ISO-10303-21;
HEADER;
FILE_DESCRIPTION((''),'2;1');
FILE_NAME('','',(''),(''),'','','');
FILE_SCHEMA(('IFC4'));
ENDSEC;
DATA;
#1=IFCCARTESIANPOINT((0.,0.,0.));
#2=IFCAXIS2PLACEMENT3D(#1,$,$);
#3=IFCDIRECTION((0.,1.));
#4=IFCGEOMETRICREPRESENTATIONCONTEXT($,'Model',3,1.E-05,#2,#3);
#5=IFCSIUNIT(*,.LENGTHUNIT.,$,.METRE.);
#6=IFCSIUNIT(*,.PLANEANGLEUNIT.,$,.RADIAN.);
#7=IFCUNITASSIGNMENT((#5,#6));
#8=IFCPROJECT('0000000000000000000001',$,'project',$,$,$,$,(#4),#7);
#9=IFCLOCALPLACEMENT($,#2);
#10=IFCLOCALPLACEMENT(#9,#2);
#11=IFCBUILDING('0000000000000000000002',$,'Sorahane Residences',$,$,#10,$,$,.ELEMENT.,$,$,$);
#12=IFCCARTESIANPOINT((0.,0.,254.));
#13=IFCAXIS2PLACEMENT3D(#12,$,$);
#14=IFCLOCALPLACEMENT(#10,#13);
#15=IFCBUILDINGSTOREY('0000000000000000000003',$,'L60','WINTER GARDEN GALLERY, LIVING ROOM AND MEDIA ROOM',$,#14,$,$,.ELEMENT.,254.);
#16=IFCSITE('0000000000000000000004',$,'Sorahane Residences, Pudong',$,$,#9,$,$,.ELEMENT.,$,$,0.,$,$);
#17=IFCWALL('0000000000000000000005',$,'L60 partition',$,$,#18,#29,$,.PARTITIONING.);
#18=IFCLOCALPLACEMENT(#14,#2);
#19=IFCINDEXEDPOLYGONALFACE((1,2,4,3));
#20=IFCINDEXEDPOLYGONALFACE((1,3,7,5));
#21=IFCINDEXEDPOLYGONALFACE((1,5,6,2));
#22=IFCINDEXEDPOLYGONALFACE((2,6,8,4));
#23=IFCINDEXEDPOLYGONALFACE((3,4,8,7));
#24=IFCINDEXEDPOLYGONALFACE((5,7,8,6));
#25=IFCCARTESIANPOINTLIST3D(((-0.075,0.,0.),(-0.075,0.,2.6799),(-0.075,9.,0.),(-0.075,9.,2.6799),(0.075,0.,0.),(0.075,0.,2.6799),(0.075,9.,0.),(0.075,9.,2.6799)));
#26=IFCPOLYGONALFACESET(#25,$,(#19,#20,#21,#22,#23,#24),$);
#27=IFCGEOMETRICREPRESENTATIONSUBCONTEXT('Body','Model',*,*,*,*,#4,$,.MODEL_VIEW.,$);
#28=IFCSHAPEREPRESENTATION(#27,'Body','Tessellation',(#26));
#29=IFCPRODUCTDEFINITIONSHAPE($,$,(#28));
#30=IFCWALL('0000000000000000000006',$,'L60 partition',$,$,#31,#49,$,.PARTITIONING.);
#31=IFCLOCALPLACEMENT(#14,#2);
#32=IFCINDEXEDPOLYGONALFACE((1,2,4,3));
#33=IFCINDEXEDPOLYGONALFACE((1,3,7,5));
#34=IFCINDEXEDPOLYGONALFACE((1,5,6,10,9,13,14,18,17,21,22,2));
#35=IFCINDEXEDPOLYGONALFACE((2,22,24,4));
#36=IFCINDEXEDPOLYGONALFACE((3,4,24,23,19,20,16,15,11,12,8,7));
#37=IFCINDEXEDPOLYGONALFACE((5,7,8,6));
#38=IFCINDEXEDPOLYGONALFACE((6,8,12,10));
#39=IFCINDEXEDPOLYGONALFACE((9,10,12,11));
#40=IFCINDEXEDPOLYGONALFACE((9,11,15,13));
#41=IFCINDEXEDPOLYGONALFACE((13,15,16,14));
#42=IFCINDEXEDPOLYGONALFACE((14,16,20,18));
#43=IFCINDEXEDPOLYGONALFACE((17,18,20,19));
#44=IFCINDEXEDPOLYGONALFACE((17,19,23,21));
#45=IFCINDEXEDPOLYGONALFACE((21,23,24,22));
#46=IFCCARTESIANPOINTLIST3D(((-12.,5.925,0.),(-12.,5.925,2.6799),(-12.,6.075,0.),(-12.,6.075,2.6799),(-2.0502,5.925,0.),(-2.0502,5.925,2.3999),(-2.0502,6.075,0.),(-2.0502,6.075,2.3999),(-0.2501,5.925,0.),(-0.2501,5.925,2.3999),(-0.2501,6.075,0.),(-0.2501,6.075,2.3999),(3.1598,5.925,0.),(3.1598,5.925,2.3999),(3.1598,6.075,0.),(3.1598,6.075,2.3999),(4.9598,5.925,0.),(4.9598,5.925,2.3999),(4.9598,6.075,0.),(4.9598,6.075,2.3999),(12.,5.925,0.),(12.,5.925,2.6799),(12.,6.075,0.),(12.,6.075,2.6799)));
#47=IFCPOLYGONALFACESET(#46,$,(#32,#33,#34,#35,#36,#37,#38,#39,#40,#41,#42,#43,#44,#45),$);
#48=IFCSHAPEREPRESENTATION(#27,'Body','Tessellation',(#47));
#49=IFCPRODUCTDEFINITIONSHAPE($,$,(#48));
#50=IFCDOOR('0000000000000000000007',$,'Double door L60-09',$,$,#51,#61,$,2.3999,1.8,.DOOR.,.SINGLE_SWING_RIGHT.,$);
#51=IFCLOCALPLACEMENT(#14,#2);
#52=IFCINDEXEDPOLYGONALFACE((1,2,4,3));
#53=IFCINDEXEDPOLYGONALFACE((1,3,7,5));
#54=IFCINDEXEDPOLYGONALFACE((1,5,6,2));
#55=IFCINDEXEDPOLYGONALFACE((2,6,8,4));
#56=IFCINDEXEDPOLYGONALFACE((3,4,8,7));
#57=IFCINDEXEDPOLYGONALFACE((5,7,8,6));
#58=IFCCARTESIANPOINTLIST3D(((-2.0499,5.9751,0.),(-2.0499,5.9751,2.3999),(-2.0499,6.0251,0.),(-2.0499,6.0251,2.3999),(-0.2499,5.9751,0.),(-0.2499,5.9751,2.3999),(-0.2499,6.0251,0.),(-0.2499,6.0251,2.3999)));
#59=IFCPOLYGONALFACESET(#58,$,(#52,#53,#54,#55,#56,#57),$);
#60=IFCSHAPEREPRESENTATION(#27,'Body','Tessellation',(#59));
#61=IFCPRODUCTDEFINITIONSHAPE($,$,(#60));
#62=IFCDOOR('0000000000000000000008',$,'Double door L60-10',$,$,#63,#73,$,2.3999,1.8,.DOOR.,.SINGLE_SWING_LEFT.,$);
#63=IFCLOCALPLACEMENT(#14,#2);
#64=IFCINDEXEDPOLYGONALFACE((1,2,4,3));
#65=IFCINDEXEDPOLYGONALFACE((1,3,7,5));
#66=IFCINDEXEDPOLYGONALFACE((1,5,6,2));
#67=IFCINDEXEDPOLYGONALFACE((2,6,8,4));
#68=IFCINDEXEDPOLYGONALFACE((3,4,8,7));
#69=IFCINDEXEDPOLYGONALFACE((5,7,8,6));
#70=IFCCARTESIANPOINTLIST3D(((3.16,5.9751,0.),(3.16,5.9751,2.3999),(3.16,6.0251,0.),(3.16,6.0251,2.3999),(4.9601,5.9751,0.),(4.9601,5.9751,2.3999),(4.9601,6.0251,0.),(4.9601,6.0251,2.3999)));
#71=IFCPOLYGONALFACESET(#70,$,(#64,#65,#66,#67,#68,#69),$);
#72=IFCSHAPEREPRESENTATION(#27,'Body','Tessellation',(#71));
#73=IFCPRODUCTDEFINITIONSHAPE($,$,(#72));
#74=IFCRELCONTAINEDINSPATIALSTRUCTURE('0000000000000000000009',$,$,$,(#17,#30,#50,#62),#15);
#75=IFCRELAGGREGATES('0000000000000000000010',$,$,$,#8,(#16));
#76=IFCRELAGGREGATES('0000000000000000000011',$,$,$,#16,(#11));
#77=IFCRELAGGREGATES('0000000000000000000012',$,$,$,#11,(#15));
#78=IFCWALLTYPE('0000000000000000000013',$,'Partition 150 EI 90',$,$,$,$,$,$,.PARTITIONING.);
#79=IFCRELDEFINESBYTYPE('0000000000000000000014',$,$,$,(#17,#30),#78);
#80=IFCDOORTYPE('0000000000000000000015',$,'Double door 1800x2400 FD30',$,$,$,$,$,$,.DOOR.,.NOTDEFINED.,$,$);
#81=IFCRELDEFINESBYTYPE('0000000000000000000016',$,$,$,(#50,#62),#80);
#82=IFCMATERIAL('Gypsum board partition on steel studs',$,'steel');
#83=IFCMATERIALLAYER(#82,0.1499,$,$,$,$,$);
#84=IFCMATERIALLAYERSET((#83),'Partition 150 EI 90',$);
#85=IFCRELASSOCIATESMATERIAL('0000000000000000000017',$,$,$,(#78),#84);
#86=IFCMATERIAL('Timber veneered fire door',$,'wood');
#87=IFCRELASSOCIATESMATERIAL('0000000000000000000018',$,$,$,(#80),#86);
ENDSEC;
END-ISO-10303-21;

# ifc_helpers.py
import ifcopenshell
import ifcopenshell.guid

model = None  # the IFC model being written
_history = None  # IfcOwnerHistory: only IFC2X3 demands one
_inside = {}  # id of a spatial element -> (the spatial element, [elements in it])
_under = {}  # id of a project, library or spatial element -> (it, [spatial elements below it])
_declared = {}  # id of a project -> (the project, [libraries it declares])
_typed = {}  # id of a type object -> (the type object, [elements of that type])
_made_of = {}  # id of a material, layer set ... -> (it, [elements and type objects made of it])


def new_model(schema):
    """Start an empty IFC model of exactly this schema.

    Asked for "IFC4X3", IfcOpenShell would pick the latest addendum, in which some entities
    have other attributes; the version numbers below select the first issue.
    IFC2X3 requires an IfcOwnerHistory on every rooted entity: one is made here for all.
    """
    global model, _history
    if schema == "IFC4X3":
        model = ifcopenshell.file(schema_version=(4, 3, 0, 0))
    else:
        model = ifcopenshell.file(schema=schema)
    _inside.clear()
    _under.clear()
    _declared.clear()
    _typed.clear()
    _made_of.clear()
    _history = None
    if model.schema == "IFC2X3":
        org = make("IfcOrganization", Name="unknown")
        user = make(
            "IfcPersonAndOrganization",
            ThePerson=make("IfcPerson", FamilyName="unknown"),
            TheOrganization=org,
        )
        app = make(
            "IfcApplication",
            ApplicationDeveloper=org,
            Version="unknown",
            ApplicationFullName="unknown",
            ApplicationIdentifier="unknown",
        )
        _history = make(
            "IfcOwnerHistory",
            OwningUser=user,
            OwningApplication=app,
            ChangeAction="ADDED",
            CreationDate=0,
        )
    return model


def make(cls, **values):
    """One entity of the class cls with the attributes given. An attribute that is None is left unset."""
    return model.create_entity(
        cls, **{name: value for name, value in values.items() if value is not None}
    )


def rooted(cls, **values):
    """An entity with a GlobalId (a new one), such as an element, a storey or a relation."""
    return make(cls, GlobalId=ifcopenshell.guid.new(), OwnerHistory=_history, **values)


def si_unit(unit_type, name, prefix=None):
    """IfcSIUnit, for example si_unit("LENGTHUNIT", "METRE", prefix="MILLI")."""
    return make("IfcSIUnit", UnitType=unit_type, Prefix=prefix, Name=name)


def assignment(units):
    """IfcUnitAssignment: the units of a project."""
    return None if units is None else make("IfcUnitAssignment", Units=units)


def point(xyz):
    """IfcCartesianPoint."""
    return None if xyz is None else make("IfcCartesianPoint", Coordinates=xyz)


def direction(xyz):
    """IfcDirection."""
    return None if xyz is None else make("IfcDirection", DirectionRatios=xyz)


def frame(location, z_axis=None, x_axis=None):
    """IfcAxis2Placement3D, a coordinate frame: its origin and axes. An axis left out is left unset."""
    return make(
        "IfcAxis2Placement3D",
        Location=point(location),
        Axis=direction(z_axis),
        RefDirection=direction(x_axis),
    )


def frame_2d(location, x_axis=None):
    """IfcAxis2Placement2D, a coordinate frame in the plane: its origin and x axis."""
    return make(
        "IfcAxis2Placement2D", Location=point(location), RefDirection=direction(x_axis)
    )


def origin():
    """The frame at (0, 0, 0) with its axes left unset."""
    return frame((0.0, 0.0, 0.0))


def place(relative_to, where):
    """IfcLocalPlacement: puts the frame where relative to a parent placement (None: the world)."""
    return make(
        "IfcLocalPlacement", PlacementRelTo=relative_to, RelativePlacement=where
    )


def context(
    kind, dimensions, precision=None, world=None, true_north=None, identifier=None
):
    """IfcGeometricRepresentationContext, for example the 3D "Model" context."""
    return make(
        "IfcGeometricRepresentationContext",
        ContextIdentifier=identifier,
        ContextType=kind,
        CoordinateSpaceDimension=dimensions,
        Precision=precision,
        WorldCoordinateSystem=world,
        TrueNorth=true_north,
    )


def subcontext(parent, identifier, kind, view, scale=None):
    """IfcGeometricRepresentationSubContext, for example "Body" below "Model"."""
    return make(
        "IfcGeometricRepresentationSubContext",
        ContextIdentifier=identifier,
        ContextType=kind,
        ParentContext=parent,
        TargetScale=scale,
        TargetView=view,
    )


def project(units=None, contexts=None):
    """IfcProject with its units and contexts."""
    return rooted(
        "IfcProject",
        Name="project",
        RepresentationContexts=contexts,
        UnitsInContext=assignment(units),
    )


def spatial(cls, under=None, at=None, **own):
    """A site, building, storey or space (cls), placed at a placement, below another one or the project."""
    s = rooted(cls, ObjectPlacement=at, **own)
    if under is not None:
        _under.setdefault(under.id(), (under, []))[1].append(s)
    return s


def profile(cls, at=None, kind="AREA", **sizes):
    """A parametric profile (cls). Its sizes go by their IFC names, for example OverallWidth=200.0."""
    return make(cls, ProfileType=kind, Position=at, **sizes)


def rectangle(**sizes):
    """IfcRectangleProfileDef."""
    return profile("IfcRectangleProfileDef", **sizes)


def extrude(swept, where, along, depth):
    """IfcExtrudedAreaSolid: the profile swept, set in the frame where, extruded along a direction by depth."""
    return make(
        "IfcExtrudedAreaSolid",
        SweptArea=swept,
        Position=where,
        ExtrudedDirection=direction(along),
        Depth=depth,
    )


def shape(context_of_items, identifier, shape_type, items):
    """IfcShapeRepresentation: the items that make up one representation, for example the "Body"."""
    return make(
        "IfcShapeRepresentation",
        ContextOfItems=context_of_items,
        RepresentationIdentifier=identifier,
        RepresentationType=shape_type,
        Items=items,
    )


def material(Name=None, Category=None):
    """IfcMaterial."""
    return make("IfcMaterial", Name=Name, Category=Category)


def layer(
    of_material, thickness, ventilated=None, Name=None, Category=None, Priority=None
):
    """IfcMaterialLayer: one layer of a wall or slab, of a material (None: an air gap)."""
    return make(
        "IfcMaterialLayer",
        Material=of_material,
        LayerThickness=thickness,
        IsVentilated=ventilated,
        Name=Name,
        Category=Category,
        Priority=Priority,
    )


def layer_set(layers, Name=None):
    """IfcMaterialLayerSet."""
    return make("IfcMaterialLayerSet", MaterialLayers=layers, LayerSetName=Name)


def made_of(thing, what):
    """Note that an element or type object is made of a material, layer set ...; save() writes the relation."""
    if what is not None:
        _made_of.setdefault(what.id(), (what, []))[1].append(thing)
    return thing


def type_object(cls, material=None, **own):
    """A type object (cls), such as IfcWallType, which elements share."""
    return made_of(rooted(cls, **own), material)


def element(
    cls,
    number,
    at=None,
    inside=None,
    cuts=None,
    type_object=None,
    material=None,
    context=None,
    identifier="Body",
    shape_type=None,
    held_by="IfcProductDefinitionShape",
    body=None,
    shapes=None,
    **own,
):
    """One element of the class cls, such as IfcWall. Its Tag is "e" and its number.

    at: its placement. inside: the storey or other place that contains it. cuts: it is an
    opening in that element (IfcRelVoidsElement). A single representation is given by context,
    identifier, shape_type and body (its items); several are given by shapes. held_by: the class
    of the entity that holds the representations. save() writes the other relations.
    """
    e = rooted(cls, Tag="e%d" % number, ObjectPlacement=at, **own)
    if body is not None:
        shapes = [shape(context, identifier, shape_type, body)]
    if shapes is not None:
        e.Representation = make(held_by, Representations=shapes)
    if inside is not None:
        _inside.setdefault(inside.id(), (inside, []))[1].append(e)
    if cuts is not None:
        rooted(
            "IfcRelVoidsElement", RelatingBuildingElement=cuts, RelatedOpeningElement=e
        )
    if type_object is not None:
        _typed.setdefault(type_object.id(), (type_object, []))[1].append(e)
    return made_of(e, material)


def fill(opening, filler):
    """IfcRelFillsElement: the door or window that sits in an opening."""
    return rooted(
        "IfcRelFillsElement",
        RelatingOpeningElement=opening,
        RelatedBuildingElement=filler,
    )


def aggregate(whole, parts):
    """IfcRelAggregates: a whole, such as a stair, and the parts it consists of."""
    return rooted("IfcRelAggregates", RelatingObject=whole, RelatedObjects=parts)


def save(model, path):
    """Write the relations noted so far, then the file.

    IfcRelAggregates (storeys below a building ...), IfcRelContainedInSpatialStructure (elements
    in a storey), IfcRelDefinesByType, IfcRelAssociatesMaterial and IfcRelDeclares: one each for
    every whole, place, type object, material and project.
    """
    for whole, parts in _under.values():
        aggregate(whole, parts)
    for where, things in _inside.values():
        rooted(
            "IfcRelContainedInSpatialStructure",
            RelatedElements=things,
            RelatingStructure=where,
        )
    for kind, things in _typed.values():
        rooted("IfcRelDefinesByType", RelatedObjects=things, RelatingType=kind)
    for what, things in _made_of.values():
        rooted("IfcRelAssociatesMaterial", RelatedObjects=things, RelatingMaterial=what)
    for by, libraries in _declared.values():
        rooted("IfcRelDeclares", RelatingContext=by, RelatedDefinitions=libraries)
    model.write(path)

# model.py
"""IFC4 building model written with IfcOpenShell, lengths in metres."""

from ifc_helpers import new_model, si_unit, direction, frame, frame_2d, origin, place, context, subcontext, project, spatial, rectangle, extrude, material, layer, layer_set, type_object, element, fill, save


model = new_model("IFC4")

# Units and contexts
model_context = context("Model", 3, precision=1e-05, world=origin(), true_north=direction((0.0, 1.0)))
body_context = subcontext(model_context, "Body", "Model", "MODEL_VIEW")
ifc_project = project(units=[si_unit("LENGTHUNIT", "METRE"), si_unit("PLANEANGLEUNIT", "RADIAN")], contexts=[model_context])

# Site, building, storey
site_placement = place(None, origin())
site = spatial("IfcSite", under=ifc_project, at=site_placement, Name="Sorahane Residences, Pudong", CompositionType="ELEMENT", RefElevation=0.0)
building_placement = place(site_placement, origin())
building = spatial("IfcBuilding", under=site, at=building_placement, Name="Sorahane Residences", CompositionType="ELEMENT")
storey_placement = place(building_placement, frame((0.0, 0.0, 254.0)))
storey = spatial("IfcBuildingStorey", under=building, at=storey_placement, Name="L60", Description="WINTER GARDEN GALLERY, LIVING ROOM AND MEDIA ROOM", CompositionType="ELEMENT", Elevation=254.0)

# Wall
ifc_material_1 = material(Name="Gypsum board partition on steel studs", Category="steel")
ifc_layer_1 = layer(ifc_material_1, 0.1499)
ifc_layer_set_1 = layer_set([ifc_layer_1], Name="Partition 150 EI 90")
wall_type = type_object("IfcWallType", Name="Partition 150 EI 90", PredefinedType="PARTITIONING", material=ifc_layer_set_1)
wall_1_placement = place(storey_placement, frame((0.0, 0.0, 0.0), z_axis=(0.0, 0.0, 1.0), x_axis=(0.0, 1.0, 0.0)))
element("IfcWall", 1, at=wall_1_placement, inside=storey, type_object=wall_type, Name="L60 partition", PredefinedType="PARTITIONING", context=body_context, shape_type="SweptSolid", body=[
    extrude(rectangle(XDim=9.0, YDim=0.1499, at=frame_2d((4.5, 0.0))), origin(), (0.0, 0.0, 1.0), 2.6799),
])

# Wall, openings, doors
wall_2_placement = place(storey_placement, frame((-12.0, 6.0, 0.0), z_axis=(0.0, 0.0, 1.0), x_axis=(1.0, 0.0, 0.0)))
wall_2 = element("IfcWall", 2, at=wall_2_placement, inside=storey, type_object=wall_type, Name="L60 partition", PredefinedType="PARTITIONING", context=body_context, shape_type="SweptSolid", body=[
    extrude(rectangle(XDim=24.0, YDim=0.1499, at=frame_2d((12.0, 0.0))), origin(), (0.0, 0.0, 1.0), 2.6799),
])
opening_1_placement = place(wall_2_placement, frame((9.95, 0.0, 0.0)))
opening_1 = element("IfcOpeningElement", 3, at=opening_1_placement, cuts=wall_2, PredefinedType="OPENING", context=body_context, shape_type="SweptSolid", body=[
    extrude(rectangle(XDim=1.8, YDim=2.3999, at=frame_2d((0.8999, 1.2))), frame((0.0, 0.085, 0.0), z_axis=(0.0, -1.0, 0.0), x_axis=(1.0, 0.0, 0.0)), (0.0, 0.0, 1.0), 0.1699),
])
opening_2_placement = place(wall_2_placement, frame((15.1599, 0.0, 0.0)))
opening_2 = element("IfcOpeningElement", 4, at=opening_2_placement, cuts=wall_2, PredefinedType="OPENING", context=body_context, shape_type="SweptSolid", body=[
    extrude(rectangle(XDim=1.8, YDim=2.3999, at=frame_2d((0.8999, 1.2))), frame((0.0, 0.085, 0.0), z_axis=(0.0, -1.0, 0.0), x_axis=(1.0, 0.0, 0.0)), (0.0, 0.0, 1.0), 0.1699),
])
ifc_material_2 = material(Name="Timber veneered fire door", Category="wood")
door_type = type_object("IfcDoorType", Name="Double door 1800x2400 FD30", OperationType="NOTDEFINED", PredefinedType="DOOR", material=ifc_material_2)
door_1_placement = place(opening_1_placement, frame((1.8, 0.0, 0.0), z_axis=(0.0, 0.0, 1.0), x_axis=(-1.0, 0.0, 0.0)))
door_1 = element("IfcDoor", 5, at=door_1_placement, inside=storey, type_object=door_type, Name="Double door L60-09", OperationType="SINGLE_SWING_RIGHT", OverallHeight=2.3999, OverallWidth=1.8, PredefinedType="DOOR", context=body_context, shape_type="SweptSolid", body=[
    extrude(rectangle(XDim=1.8, YDim=2.3999, at=frame_2d((0.8999, 1.2))), frame((0.0, 0.0249, 0.0), z_axis=(0.0, -1.0, 0.0), x_axis=(1.0, 0.0, 0.0)), (0.0, 0.0, 1.0), 0.05),
])
fill(opening_1, door_1)
door_2_placement = place(opening_2_placement, frame((1.8, 0.0, 0.0), z_axis=(0.0, 0.0, 1.0), x_axis=(-1.0, 0.0, 0.0)))
door_2 = element("IfcDoor", 6, at=door_2_placement, inside=storey, type_object=door_type, Name="Double door L60-10", OperationType="SINGLE_SWING_LEFT", OverallHeight=2.3999, OverallWidth=1.8, PredefinedType="DOOR", context=body_context, shape_type="SweptSolid", body=[
    extrude(rectangle(XDim=1.8, YDim=2.3999, at=frame_2d((0.8999, 1.2))), frame((0.0, 0.0249, 0.0), z_axis=(0.0, -1.0, 0.0), x_axis=(1.0, 0.0, 0.0)), (0.0, 0.0, 1.0), 0.05),
])
fill(opening_2, door_2)

save(model, "model.ifc")
